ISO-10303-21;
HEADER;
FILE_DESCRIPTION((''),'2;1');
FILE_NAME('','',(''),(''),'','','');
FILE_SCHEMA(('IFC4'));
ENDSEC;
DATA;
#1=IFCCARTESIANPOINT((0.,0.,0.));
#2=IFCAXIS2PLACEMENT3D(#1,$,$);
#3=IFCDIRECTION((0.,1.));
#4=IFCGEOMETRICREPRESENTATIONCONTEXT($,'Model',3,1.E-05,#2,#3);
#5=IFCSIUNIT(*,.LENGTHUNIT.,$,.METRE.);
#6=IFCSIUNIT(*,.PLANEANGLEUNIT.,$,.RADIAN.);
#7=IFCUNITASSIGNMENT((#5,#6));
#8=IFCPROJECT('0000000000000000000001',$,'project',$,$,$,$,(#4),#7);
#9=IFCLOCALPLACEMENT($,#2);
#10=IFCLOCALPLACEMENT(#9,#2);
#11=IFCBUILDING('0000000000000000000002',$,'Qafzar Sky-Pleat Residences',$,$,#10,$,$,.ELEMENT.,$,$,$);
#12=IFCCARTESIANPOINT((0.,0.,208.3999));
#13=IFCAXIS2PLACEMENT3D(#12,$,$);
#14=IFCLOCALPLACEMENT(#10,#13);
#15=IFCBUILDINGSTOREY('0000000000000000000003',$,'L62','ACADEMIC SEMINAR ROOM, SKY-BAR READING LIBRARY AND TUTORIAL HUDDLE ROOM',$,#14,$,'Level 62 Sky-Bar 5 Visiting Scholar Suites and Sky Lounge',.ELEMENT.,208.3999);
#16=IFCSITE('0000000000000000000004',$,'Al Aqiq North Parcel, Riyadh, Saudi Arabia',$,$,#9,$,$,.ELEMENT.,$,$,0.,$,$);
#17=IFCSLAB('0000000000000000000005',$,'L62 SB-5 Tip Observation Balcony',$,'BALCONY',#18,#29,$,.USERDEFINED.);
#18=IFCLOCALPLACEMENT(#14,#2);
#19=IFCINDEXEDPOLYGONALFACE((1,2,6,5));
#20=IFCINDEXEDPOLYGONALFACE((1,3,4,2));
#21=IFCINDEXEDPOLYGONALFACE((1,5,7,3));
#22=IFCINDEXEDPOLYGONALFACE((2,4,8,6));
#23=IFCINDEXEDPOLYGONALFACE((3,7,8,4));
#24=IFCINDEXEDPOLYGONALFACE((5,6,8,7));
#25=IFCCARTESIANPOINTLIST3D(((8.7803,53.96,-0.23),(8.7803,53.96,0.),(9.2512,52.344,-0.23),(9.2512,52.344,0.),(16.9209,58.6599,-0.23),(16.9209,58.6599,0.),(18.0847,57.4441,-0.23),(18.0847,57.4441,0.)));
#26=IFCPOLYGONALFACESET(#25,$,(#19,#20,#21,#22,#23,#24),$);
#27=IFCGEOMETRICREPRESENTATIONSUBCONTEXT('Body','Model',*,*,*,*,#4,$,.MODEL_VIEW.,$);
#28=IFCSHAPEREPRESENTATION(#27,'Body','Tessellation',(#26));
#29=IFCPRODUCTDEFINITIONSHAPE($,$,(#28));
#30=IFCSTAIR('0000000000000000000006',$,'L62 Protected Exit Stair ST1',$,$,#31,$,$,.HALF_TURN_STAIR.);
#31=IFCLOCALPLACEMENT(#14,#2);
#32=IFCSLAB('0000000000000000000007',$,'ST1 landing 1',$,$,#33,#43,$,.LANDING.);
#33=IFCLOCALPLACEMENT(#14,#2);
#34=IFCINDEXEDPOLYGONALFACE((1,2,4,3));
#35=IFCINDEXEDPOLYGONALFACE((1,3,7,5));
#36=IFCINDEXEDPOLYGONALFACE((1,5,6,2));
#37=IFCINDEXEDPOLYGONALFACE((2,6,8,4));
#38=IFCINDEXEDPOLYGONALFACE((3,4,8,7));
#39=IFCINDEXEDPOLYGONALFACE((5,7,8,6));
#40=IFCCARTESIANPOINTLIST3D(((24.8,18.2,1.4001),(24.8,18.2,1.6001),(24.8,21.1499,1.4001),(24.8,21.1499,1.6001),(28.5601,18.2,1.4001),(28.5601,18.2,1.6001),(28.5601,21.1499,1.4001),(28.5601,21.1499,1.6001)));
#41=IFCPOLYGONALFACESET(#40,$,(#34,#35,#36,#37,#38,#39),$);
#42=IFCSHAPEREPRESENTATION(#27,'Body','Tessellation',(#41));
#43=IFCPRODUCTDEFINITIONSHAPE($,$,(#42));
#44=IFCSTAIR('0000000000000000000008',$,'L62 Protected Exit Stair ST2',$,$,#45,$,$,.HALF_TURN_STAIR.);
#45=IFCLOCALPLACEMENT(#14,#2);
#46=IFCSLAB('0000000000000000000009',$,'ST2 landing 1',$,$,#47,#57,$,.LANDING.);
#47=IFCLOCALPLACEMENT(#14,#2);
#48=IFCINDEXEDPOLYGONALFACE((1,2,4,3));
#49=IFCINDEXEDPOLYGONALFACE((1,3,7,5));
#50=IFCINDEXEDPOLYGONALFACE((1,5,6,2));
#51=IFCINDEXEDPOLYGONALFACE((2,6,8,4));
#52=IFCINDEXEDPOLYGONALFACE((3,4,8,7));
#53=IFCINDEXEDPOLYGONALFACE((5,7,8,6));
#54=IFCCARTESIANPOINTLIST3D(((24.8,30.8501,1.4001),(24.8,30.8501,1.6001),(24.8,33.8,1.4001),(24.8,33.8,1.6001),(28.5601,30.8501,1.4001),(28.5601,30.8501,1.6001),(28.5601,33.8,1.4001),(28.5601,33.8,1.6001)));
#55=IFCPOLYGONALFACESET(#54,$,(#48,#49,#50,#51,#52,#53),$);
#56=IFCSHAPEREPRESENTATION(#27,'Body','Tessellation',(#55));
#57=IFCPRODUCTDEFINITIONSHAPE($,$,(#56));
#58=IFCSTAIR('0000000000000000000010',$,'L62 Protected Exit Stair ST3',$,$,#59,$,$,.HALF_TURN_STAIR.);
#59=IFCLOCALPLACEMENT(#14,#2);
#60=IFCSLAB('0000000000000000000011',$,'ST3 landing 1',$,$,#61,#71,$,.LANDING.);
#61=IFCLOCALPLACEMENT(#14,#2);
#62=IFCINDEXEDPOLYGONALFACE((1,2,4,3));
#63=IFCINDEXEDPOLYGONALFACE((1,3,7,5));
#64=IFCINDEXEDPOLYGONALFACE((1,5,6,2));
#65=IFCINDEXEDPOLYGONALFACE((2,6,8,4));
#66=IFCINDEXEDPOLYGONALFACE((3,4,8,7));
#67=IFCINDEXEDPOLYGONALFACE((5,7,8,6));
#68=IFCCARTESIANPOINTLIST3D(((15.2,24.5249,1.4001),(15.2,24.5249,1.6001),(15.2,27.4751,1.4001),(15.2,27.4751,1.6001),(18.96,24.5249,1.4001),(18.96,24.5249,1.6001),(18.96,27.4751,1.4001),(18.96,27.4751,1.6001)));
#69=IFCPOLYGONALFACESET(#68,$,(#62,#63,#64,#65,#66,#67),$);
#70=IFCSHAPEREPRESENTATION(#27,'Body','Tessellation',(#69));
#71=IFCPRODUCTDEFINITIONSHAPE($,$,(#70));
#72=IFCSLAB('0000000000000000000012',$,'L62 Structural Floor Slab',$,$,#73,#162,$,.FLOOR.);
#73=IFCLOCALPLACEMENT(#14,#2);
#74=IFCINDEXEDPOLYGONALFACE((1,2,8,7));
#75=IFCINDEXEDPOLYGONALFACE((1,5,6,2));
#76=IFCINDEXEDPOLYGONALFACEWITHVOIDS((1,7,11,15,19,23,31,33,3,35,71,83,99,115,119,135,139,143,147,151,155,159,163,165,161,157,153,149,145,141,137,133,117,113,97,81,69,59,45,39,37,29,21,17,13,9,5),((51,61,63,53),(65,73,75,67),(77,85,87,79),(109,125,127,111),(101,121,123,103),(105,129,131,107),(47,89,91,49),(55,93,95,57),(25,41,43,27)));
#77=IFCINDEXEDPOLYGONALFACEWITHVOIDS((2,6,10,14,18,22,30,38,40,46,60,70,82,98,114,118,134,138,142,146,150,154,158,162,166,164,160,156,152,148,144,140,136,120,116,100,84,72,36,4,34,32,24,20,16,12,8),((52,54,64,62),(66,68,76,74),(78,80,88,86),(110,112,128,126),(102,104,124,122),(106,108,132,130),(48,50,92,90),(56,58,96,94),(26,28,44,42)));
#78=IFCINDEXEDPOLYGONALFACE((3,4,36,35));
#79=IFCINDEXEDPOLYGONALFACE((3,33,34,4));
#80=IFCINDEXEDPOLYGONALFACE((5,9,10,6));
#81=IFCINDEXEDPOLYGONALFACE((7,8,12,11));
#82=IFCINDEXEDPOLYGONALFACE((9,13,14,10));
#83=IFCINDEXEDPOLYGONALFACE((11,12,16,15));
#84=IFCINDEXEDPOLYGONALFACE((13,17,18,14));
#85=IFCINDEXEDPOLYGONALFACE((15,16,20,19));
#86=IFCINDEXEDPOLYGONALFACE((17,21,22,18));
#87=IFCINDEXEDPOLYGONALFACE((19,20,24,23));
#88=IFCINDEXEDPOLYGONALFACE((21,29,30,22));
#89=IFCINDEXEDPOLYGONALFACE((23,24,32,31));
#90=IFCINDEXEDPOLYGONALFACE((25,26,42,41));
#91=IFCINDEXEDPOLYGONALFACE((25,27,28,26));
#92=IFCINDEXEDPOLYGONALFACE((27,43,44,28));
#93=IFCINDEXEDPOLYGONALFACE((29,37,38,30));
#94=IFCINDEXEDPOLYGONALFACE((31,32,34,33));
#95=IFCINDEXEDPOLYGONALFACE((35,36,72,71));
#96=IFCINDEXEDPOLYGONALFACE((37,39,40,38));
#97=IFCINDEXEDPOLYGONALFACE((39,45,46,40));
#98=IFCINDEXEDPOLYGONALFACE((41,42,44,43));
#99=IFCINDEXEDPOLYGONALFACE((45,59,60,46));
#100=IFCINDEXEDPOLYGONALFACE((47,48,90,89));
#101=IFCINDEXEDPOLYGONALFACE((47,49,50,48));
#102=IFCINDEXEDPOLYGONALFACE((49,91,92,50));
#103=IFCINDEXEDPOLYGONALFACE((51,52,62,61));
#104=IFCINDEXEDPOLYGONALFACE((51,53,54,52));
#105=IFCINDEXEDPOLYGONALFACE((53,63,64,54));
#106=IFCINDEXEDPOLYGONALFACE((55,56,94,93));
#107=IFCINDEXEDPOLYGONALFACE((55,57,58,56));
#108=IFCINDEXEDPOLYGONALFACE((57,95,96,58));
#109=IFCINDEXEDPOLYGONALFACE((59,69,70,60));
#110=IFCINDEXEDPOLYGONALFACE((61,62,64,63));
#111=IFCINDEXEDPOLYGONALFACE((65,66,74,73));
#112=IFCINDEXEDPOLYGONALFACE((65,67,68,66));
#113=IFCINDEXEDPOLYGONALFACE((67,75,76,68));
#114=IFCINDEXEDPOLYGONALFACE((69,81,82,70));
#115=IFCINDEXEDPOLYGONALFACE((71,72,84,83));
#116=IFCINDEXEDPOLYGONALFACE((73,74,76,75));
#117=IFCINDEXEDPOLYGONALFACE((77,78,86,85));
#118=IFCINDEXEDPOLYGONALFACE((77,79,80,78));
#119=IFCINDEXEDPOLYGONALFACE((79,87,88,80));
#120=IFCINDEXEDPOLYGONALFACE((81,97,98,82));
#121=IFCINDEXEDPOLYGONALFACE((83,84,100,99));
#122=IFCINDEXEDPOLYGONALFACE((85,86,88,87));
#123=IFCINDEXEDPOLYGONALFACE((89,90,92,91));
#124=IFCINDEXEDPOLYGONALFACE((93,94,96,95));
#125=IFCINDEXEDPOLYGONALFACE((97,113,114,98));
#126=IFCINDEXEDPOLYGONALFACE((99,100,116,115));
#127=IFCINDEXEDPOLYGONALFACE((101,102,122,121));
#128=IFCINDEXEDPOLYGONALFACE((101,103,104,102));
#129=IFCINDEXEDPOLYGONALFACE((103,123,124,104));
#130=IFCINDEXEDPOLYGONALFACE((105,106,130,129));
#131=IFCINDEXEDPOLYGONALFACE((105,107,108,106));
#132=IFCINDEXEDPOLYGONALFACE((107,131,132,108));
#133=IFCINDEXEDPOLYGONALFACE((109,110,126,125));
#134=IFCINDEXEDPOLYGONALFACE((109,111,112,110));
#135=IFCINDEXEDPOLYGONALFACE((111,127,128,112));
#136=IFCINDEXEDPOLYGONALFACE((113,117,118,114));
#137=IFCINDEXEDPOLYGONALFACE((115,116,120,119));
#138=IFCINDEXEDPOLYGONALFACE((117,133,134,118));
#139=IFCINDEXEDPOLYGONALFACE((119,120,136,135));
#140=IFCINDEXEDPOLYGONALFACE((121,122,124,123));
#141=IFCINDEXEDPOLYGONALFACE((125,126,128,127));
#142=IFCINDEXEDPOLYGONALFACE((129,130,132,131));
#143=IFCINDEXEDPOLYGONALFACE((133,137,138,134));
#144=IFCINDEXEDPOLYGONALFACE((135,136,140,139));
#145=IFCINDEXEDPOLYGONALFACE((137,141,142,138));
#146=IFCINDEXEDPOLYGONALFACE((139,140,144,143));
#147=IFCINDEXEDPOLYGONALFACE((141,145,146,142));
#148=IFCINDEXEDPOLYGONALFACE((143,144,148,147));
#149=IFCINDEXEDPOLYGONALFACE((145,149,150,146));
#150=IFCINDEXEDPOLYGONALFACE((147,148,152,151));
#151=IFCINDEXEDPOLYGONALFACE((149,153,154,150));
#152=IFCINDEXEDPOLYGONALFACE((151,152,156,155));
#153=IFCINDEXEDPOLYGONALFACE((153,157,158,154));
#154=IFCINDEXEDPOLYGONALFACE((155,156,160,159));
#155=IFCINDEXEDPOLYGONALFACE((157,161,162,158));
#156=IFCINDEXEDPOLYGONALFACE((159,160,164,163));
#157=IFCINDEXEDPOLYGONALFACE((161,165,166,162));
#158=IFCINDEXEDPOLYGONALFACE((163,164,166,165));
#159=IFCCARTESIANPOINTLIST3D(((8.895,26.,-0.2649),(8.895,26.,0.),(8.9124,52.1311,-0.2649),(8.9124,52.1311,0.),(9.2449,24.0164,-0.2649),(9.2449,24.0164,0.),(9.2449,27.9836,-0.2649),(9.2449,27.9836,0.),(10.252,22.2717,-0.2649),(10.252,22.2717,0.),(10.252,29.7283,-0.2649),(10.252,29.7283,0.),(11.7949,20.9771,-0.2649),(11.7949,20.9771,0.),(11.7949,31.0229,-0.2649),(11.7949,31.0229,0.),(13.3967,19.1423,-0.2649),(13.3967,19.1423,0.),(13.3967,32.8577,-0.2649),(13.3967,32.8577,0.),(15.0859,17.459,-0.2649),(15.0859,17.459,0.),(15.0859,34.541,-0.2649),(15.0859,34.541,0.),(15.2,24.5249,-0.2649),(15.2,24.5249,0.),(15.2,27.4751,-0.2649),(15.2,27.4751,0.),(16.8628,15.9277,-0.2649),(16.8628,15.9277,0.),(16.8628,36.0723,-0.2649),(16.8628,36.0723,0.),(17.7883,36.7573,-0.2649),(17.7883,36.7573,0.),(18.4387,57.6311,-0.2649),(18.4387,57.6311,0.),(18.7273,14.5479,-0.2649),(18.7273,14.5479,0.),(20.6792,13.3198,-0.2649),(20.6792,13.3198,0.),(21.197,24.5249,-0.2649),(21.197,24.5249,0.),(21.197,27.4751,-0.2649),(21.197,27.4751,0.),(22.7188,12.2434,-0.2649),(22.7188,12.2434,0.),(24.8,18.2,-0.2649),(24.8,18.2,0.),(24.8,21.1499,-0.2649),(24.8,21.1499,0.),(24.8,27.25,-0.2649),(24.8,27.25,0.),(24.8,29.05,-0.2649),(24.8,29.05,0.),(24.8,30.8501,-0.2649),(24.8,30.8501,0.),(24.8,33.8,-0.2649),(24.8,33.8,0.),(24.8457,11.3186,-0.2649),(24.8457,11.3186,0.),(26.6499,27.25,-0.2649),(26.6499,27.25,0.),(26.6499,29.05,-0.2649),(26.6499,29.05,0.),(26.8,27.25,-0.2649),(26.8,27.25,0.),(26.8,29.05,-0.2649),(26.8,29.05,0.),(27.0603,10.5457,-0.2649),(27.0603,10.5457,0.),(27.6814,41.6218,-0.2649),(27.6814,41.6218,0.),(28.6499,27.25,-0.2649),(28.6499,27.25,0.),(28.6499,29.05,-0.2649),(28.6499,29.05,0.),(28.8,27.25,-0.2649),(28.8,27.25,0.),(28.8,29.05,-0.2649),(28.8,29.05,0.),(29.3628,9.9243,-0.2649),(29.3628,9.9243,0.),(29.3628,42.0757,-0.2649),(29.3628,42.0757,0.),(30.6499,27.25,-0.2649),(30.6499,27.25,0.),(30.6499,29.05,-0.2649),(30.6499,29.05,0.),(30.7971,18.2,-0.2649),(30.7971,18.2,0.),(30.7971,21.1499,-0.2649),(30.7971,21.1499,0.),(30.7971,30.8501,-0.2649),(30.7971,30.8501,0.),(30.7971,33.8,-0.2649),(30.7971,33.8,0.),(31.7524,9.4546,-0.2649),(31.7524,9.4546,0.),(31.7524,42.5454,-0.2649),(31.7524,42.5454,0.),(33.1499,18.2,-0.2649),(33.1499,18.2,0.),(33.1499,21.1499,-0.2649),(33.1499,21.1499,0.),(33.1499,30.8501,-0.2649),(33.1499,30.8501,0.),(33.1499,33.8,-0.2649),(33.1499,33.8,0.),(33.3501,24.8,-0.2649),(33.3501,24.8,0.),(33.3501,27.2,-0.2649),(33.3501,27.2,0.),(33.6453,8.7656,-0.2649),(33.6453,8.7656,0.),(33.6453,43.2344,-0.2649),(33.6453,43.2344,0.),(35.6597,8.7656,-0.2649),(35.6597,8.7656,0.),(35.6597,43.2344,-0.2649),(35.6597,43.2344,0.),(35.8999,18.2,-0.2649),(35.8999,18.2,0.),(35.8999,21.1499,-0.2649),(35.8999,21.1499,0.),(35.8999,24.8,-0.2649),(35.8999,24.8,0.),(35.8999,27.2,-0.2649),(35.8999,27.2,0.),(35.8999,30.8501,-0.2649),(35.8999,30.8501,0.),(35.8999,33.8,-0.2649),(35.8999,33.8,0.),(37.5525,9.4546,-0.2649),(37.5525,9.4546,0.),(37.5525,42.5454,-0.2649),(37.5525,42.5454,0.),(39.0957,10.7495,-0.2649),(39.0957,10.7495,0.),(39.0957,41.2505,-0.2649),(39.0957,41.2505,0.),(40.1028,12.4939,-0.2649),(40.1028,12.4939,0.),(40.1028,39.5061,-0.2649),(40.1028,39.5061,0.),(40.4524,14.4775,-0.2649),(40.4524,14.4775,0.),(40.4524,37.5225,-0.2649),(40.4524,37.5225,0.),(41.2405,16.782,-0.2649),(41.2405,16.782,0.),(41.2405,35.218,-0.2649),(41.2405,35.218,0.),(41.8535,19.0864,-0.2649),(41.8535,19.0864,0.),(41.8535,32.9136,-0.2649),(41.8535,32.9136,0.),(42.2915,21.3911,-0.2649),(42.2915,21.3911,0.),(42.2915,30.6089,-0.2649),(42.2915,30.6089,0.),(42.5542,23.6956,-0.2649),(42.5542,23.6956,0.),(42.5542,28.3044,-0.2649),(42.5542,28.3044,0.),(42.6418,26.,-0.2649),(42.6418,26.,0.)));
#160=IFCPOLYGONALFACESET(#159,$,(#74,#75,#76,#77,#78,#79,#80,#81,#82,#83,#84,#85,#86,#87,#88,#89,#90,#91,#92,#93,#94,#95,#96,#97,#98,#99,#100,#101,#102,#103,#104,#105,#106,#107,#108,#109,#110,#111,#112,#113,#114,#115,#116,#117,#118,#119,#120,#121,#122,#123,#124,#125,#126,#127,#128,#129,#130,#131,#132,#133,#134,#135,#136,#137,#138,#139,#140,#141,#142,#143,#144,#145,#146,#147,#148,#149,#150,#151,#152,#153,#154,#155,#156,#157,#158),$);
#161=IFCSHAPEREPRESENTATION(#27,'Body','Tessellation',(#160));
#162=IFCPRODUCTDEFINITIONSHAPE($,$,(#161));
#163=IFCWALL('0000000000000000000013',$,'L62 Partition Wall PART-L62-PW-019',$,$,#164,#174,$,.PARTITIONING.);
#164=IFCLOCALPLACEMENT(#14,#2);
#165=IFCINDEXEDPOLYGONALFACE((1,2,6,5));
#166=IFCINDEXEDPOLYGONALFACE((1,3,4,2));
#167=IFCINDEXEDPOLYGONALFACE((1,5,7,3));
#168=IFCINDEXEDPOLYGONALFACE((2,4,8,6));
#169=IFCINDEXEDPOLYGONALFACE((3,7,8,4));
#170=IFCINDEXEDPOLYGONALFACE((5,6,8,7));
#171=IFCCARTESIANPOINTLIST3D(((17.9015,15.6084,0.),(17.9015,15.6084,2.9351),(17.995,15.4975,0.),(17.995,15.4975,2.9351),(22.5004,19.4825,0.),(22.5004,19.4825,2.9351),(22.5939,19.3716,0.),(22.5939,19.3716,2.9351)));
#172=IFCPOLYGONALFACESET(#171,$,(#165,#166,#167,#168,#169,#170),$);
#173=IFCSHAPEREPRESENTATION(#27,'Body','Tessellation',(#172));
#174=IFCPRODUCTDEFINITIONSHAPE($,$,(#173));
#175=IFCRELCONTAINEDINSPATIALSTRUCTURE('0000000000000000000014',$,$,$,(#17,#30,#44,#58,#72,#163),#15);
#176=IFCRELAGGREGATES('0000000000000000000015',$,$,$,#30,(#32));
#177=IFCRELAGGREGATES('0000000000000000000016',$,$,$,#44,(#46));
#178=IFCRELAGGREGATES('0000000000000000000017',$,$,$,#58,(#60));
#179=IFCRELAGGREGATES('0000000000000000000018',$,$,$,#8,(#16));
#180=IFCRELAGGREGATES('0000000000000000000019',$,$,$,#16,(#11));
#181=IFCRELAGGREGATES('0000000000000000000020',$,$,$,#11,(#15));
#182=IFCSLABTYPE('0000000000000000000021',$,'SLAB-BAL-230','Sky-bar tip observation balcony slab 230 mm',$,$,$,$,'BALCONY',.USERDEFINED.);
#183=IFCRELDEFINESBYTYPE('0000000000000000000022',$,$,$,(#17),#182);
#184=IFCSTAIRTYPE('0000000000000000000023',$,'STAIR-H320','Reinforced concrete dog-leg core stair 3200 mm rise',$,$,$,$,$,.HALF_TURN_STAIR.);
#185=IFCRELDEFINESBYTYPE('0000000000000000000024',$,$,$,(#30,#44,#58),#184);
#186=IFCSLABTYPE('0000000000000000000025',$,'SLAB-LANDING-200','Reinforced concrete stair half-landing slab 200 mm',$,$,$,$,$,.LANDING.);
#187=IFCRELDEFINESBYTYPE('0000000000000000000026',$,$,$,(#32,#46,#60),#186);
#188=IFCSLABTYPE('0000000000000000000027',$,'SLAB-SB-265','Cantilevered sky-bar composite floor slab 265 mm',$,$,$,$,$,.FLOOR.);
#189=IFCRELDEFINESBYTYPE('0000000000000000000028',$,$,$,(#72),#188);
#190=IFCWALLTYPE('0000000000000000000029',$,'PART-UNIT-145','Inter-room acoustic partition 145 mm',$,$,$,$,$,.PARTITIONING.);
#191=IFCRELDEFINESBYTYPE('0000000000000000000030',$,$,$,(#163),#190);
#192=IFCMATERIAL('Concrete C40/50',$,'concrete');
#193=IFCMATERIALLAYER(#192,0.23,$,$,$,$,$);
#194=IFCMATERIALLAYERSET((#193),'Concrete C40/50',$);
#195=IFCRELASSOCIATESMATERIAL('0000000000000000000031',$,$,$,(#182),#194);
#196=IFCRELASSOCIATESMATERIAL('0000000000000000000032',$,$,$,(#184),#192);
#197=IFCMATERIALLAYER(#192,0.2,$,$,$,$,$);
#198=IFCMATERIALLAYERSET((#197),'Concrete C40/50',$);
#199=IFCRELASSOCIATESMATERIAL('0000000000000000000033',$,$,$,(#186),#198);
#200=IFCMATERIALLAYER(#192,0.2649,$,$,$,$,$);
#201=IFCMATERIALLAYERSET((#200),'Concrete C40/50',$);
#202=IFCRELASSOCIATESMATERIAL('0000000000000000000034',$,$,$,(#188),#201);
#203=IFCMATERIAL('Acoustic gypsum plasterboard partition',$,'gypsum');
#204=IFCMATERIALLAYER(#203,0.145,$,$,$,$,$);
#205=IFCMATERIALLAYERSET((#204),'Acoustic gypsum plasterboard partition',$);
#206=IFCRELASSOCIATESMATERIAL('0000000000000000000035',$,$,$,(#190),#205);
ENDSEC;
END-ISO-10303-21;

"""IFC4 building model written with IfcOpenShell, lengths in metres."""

from ifc_helpers import new_model, si_unit, direction, frame, frame_2d, origin, place, context, subcontext, project, spatial, polyline, rectangle, outline, extrude, material, layer, layer_set, type_object, element, aggregate, save


model = new_model("IFC4")

# Units and contexts
model_context = context("Model", 3, precision=1e-05, world=origin(), true_north=direction((0.0, 1.0)))
body_context = subcontext(model_context, "Body", "Model", "MODEL_VIEW")
ifc_project = project(units=[si_unit("LENGTHUNIT", "METRE"), si_unit("PLANEANGLEUNIT", "RADIAN")], contexts=[model_context])

# Site, building, storey
site_placement = place(None, origin())
site = spatial("IfcSite", under=ifc_project, at=site_placement, Name="Al Aqiq North Parcel, Riyadh, Saudi Arabia", CompositionType="ELEMENT", RefElevation=0.0)
building_placement = place(site_placement, origin())
building = spatial("IfcBuilding", under=site, at=building_placement, Name="Qafzar Sky-Pleat Residences", CompositionType="ELEMENT")
storey_placement = place(building_placement, frame((0.0, 0.0, 208.3999)))
storey = spatial("IfcBuildingStorey", under=building, at=storey_placement, Name="L62", Description="ACADEMIC SEMINAR ROOM, SKY-BAR READING LIBRARY AND TUTORIAL HUDDLE ROOM", LongName="Level 62 Sky-Bar 5 Visiting Scholar Suites and Sky Lounge", CompositionType="ELEMENT", Elevation=208.3999)

# Slab
ifc_material_1 = material(Name="Concrete C40/50", Category="concrete")
ifc_layer_1 = layer(ifc_material_1, 0.23)
ifc_layer_set_1 = layer_set([ifc_layer_1], Name="Concrete C40/50")
slab_type_1 = type_object("IfcSlabType", Name="SLAB-BAL-230", Description="Sky-bar tip observation balcony slab 230 mm", ElementType="BALCONY", PredefinedType="USERDEFINED", material=ifc_layer_set_1)
slab_1_placement = place(storey_placement, frame((0.0, 0.0, -0.23)))
element("IfcSlab", 1, at=slab_1_placement, inside=storey, type_object=slab_type_1, Name="L62 SB-5 Tip Observation Balcony", ObjectType="BALCONY", PredefinedType="USERDEFINED", context=body_context, shape_type="SweptSolid", body=[
    extrude(outline(polyline([(18.0847, 57.4441), (16.9209, 58.6599), (8.7803, 53.96), (9.2512, 52.344), (18.0847, 57.4441)])), origin(), (0.0, 0.0, 1.0), 0.23),
])

# Stairs, slabs
stair_type = type_object("IfcStairType", Name="STAIR-H320", Description="Reinforced concrete dog-leg core stair 3200 mm rise", PredefinedType="HALF_TURN_STAIR", material=ifc_material_1)
stair_1_placement = place(storey_placement, origin())
stair_1 = element("IfcStair", 2, at=stair_1_placement, inside=storey, type_object=stair_type, Name="L62 Protected Exit Stair ST1", PredefinedType="HALF_TURN_STAIR")
ifc_layer_2 = layer(ifc_material_1, 0.2)
ifc_layer_set_2 = layer_set([ifc_layer_2], Name="Concrete C40/50")
slab_type_2 = type_object("IfcSlabType", Name="SLAB-LANDING-200", Description="Reinforced concrete stair half-landing slab 200 mm", PredefinedType="LANDING", material=ifc_layer_set_2)
slab_2_placement = place(storey_placement, frame((0.0, 0.0, 1.4001)))
slab_2 = element("IfcSlab", 3, at=slab_2_placement, type_object=slab_type_2, Name="ST1 landing 1", PredefinedType="LANDING", context=body_context, shape_type="SweptSolid", body=[
    extrude(outline(polyline([(28.5601, 21.1499), (24.8, 21.1499), (24.8, 18.2), (28.5601, 18.2), (28.5601, 21.1499)])), origin(), (0.0, 0.0, 1.0), 0.2),
])
aggregate(stair_1, [slab_2])
stair_2_placement = place(storey_placement, origin())
stair_2 = element("IfcStair", 4, at=stair_2_placement, inside=storey, type_object=stair_type, Name="L62 Protected Exit Stair ST2", PredefinedType="HALF_TURN_STAIR")
slab_3_placement = place(storey_placement, frame((0.0, 0.0, 1.4001)))
slab_3 = element("IfcSlab", 5, at=slab_3_placement, type_object=slab_type_2, Name="ST2 landing 1", PredefinedType="LANDING", context=body_context, shape_type="SweptSolid", body=[
    extrude(outline(polyline([(28.5601, 33.8), (24.8, 33.8), (24.8, 30.8501), (28.5601, 30.8501), (28.5601, 33.8)])), origin(), (0.0, 0.0, 1.0), 0.2),
])
aggregate(stair_2, [slab_3])
stair_3_placement = place(storey_placement, origin())
stair_3 = element("IfcStair", 6, at=stair_3_placement, inside=storey, type_object=stair_type, Name="L62 Protected Exit Stair ST3", PredefinedType="HALF_TURN_STAIR")
slab_4_placement = place(storey_placement, frame((0.0, 0.0, 1.4001)))
slab_4 = element("IfcSlab", 7, at=slab_4_placement, type_object=slab_type_2, Name="ST3 landing 1", PredefinedType="LANDING", context=body_context, shape_type="SweptSolid", body=[
    extrude(outline(polyline([(18.96, 27.4751), (15.2, 27.4751), (15.2, 24.5249), (18.96, 24.5249), (18.96, 27.4751)])), origin(), (0.0, 0.0, 1.0), 0.2),
])
aggregate(stair_3, [slab_4])

# Slab
ifc_layer_3 = layer(ifc_material_1, 0.2649)
ifc_layer_set_3 = layer_set([ifc_layer_3], Name="Concrete C40/50")
slab_type_3 = type_object("IfcSlabType", Name="SLAB-SB-265", Description="Cantilevered sky-bar composite floor slab 265 mm", PredefinedType="FLOOR", material=ifc_layer_set_3)
slab_5_placement = place(storey_placement, frame((0.0, 0.0, -0.2649)))
element("IfcSlab", 8, at=slab_5_placement, inside=storey, type_object=slab_type_3, Name="L62 Structural Floor Slab", PredefinedType="FLOOR", context=body_context, shape_type="SweptSolid", body=[
    extrude(outline(polyline([(29.3628, 42.0757), (31.7524, 42.5454), (33.6453, 43.2344), (35.6597, 43.2344), (37.5525, 42.5454), (39.0957, 41.2505), (40.1028, 39.5061), (40.4524, 37.5225), (41.2405, 35.218), (41.8535, 32.9136), (42.2915, 30.6089), (42.5542, 28.3044), (42.6418, 26.0), (42.5542, 23.6956), (42.2915, 21.3911), (41.8535, 19.0864), (41.2405, 16.782), (40.4524, 14.4775), (40.1028, 12.4939), (39.0957, 10.7495), (37.5525, 9.4546), (35.6597, 8.7656), (33.6453, 8.7656), (31.7524, 9.4546), (29.3628, 9.9243), (27.0603, 10.5457), (24.8457, 11.3186), (22.7188, 12.2434), (20.6792, 13.3198), (18.7273, 14.5479), (16.8628, 15.9277), (15.0859, 17.459), (13.3967, 19.1423), (11.7949, 20.9771), (10.252, 22.2717), (9.2449, 24.0164), (8.895, 26.0), (9.2449, 27.9836), (10.252, 29.7283), (11.7949, 31.0229), (13.3967, 32.8577), (15.0859, 34.541), (16.8628, 36.0723), (17.7883, 36.7573), (8.9124, 52.1311), (18.4387, 57.6311), (27.6814, 41.6218), (29.3628, 42.0757)]), holes=[polyline([(30.7971, 21.1499), (24.8, 21.1499), (24.8, 18.2), (30.7971, 18.2), (30.7971, 21.1499)]), polyline([(30.7971, 33.8), (24.8, 33.8), (24.8, 30.8501), (30.7971, 30.8501), (30.7971, 33.8)]), polyline([(21.197, 27.4751), (15.2, 27.4751), (15.2, 24.5249), (21.197, 24.5249), (21.197, 27.4751)]), polyline([(24.8, 27.25), (26.6499, 27.25), (26.6499, 29.05), (24.8, 29.05), (24.8, 27.25)]), polyline([(26.8, 27.25), (28.6499, 27.25), (28.6499, 29.05), (26.8, 29.05), (26.8, 27.25)]), polyline([(28.8, 27.25), (30.6499, 27.25), (30.6499, 29.05), (28.8, 29.05), (28.8, 27.25)]), polyline([(33.1499, 18.2), (35.8999, 18.2), (35.8999, 21.1499), (33.1499, 21.1499), (33.1499, 18.2)]), polyline([(33.1499, 30.8501), (35.8999, 30.8501), (35.8999, 33.8), (33.1499, 33.8), (33.1499, 30.8501)]), polyline([(33.3501, 24.8), (35.8999, 24.8), (35.8999, 27.2), (33.3501, 27.2), (33.3501, 24.8)])]), origin(), (0.0, 0.0, 1.0), 0.2649),
])

# Wall
ifc_material_2 = material(Name="Acoustic gypsum plasterboard partition", Category="gypsum")
ifc_layer_4 = layer(ifc_material_2, 0.145)
ifc_layer_set_4 = layer_set([ifc_layer_4], Name="Acoustic gypsum plasterboard partition")
wall_type_1 = type_object("IfcWallType", Name="PART-UNIT-145", Description="Inter-room acoustic partition 145 mm", PredefinedType="PARTITIONING", material=ifc_layer_set_4)
wall_1_placement = place(storey_placement, frame((17.9482, 15.553, 0.0), z_axis=(0.0, 0.0, 1.0), x_axis=(0.764806, 0.644261, 0.0)))
element("IfcWall", 9, at=wall_1_placement, inside=storey, type_object=wall_type_1, Name="L62 Partition Wall PART-L62-PW-019", PredefinedType="PARTITIONING", context=body_context, shape_type="SweptSolid", body=[
    extrude(rectangle(XDim=6.0132, YDim=0.145, at=frame_2d((3.0066, 0.0))), origin(), (0.0, 0.0, 1.0), 2.9351),
])

save(model, "model.ifc")
